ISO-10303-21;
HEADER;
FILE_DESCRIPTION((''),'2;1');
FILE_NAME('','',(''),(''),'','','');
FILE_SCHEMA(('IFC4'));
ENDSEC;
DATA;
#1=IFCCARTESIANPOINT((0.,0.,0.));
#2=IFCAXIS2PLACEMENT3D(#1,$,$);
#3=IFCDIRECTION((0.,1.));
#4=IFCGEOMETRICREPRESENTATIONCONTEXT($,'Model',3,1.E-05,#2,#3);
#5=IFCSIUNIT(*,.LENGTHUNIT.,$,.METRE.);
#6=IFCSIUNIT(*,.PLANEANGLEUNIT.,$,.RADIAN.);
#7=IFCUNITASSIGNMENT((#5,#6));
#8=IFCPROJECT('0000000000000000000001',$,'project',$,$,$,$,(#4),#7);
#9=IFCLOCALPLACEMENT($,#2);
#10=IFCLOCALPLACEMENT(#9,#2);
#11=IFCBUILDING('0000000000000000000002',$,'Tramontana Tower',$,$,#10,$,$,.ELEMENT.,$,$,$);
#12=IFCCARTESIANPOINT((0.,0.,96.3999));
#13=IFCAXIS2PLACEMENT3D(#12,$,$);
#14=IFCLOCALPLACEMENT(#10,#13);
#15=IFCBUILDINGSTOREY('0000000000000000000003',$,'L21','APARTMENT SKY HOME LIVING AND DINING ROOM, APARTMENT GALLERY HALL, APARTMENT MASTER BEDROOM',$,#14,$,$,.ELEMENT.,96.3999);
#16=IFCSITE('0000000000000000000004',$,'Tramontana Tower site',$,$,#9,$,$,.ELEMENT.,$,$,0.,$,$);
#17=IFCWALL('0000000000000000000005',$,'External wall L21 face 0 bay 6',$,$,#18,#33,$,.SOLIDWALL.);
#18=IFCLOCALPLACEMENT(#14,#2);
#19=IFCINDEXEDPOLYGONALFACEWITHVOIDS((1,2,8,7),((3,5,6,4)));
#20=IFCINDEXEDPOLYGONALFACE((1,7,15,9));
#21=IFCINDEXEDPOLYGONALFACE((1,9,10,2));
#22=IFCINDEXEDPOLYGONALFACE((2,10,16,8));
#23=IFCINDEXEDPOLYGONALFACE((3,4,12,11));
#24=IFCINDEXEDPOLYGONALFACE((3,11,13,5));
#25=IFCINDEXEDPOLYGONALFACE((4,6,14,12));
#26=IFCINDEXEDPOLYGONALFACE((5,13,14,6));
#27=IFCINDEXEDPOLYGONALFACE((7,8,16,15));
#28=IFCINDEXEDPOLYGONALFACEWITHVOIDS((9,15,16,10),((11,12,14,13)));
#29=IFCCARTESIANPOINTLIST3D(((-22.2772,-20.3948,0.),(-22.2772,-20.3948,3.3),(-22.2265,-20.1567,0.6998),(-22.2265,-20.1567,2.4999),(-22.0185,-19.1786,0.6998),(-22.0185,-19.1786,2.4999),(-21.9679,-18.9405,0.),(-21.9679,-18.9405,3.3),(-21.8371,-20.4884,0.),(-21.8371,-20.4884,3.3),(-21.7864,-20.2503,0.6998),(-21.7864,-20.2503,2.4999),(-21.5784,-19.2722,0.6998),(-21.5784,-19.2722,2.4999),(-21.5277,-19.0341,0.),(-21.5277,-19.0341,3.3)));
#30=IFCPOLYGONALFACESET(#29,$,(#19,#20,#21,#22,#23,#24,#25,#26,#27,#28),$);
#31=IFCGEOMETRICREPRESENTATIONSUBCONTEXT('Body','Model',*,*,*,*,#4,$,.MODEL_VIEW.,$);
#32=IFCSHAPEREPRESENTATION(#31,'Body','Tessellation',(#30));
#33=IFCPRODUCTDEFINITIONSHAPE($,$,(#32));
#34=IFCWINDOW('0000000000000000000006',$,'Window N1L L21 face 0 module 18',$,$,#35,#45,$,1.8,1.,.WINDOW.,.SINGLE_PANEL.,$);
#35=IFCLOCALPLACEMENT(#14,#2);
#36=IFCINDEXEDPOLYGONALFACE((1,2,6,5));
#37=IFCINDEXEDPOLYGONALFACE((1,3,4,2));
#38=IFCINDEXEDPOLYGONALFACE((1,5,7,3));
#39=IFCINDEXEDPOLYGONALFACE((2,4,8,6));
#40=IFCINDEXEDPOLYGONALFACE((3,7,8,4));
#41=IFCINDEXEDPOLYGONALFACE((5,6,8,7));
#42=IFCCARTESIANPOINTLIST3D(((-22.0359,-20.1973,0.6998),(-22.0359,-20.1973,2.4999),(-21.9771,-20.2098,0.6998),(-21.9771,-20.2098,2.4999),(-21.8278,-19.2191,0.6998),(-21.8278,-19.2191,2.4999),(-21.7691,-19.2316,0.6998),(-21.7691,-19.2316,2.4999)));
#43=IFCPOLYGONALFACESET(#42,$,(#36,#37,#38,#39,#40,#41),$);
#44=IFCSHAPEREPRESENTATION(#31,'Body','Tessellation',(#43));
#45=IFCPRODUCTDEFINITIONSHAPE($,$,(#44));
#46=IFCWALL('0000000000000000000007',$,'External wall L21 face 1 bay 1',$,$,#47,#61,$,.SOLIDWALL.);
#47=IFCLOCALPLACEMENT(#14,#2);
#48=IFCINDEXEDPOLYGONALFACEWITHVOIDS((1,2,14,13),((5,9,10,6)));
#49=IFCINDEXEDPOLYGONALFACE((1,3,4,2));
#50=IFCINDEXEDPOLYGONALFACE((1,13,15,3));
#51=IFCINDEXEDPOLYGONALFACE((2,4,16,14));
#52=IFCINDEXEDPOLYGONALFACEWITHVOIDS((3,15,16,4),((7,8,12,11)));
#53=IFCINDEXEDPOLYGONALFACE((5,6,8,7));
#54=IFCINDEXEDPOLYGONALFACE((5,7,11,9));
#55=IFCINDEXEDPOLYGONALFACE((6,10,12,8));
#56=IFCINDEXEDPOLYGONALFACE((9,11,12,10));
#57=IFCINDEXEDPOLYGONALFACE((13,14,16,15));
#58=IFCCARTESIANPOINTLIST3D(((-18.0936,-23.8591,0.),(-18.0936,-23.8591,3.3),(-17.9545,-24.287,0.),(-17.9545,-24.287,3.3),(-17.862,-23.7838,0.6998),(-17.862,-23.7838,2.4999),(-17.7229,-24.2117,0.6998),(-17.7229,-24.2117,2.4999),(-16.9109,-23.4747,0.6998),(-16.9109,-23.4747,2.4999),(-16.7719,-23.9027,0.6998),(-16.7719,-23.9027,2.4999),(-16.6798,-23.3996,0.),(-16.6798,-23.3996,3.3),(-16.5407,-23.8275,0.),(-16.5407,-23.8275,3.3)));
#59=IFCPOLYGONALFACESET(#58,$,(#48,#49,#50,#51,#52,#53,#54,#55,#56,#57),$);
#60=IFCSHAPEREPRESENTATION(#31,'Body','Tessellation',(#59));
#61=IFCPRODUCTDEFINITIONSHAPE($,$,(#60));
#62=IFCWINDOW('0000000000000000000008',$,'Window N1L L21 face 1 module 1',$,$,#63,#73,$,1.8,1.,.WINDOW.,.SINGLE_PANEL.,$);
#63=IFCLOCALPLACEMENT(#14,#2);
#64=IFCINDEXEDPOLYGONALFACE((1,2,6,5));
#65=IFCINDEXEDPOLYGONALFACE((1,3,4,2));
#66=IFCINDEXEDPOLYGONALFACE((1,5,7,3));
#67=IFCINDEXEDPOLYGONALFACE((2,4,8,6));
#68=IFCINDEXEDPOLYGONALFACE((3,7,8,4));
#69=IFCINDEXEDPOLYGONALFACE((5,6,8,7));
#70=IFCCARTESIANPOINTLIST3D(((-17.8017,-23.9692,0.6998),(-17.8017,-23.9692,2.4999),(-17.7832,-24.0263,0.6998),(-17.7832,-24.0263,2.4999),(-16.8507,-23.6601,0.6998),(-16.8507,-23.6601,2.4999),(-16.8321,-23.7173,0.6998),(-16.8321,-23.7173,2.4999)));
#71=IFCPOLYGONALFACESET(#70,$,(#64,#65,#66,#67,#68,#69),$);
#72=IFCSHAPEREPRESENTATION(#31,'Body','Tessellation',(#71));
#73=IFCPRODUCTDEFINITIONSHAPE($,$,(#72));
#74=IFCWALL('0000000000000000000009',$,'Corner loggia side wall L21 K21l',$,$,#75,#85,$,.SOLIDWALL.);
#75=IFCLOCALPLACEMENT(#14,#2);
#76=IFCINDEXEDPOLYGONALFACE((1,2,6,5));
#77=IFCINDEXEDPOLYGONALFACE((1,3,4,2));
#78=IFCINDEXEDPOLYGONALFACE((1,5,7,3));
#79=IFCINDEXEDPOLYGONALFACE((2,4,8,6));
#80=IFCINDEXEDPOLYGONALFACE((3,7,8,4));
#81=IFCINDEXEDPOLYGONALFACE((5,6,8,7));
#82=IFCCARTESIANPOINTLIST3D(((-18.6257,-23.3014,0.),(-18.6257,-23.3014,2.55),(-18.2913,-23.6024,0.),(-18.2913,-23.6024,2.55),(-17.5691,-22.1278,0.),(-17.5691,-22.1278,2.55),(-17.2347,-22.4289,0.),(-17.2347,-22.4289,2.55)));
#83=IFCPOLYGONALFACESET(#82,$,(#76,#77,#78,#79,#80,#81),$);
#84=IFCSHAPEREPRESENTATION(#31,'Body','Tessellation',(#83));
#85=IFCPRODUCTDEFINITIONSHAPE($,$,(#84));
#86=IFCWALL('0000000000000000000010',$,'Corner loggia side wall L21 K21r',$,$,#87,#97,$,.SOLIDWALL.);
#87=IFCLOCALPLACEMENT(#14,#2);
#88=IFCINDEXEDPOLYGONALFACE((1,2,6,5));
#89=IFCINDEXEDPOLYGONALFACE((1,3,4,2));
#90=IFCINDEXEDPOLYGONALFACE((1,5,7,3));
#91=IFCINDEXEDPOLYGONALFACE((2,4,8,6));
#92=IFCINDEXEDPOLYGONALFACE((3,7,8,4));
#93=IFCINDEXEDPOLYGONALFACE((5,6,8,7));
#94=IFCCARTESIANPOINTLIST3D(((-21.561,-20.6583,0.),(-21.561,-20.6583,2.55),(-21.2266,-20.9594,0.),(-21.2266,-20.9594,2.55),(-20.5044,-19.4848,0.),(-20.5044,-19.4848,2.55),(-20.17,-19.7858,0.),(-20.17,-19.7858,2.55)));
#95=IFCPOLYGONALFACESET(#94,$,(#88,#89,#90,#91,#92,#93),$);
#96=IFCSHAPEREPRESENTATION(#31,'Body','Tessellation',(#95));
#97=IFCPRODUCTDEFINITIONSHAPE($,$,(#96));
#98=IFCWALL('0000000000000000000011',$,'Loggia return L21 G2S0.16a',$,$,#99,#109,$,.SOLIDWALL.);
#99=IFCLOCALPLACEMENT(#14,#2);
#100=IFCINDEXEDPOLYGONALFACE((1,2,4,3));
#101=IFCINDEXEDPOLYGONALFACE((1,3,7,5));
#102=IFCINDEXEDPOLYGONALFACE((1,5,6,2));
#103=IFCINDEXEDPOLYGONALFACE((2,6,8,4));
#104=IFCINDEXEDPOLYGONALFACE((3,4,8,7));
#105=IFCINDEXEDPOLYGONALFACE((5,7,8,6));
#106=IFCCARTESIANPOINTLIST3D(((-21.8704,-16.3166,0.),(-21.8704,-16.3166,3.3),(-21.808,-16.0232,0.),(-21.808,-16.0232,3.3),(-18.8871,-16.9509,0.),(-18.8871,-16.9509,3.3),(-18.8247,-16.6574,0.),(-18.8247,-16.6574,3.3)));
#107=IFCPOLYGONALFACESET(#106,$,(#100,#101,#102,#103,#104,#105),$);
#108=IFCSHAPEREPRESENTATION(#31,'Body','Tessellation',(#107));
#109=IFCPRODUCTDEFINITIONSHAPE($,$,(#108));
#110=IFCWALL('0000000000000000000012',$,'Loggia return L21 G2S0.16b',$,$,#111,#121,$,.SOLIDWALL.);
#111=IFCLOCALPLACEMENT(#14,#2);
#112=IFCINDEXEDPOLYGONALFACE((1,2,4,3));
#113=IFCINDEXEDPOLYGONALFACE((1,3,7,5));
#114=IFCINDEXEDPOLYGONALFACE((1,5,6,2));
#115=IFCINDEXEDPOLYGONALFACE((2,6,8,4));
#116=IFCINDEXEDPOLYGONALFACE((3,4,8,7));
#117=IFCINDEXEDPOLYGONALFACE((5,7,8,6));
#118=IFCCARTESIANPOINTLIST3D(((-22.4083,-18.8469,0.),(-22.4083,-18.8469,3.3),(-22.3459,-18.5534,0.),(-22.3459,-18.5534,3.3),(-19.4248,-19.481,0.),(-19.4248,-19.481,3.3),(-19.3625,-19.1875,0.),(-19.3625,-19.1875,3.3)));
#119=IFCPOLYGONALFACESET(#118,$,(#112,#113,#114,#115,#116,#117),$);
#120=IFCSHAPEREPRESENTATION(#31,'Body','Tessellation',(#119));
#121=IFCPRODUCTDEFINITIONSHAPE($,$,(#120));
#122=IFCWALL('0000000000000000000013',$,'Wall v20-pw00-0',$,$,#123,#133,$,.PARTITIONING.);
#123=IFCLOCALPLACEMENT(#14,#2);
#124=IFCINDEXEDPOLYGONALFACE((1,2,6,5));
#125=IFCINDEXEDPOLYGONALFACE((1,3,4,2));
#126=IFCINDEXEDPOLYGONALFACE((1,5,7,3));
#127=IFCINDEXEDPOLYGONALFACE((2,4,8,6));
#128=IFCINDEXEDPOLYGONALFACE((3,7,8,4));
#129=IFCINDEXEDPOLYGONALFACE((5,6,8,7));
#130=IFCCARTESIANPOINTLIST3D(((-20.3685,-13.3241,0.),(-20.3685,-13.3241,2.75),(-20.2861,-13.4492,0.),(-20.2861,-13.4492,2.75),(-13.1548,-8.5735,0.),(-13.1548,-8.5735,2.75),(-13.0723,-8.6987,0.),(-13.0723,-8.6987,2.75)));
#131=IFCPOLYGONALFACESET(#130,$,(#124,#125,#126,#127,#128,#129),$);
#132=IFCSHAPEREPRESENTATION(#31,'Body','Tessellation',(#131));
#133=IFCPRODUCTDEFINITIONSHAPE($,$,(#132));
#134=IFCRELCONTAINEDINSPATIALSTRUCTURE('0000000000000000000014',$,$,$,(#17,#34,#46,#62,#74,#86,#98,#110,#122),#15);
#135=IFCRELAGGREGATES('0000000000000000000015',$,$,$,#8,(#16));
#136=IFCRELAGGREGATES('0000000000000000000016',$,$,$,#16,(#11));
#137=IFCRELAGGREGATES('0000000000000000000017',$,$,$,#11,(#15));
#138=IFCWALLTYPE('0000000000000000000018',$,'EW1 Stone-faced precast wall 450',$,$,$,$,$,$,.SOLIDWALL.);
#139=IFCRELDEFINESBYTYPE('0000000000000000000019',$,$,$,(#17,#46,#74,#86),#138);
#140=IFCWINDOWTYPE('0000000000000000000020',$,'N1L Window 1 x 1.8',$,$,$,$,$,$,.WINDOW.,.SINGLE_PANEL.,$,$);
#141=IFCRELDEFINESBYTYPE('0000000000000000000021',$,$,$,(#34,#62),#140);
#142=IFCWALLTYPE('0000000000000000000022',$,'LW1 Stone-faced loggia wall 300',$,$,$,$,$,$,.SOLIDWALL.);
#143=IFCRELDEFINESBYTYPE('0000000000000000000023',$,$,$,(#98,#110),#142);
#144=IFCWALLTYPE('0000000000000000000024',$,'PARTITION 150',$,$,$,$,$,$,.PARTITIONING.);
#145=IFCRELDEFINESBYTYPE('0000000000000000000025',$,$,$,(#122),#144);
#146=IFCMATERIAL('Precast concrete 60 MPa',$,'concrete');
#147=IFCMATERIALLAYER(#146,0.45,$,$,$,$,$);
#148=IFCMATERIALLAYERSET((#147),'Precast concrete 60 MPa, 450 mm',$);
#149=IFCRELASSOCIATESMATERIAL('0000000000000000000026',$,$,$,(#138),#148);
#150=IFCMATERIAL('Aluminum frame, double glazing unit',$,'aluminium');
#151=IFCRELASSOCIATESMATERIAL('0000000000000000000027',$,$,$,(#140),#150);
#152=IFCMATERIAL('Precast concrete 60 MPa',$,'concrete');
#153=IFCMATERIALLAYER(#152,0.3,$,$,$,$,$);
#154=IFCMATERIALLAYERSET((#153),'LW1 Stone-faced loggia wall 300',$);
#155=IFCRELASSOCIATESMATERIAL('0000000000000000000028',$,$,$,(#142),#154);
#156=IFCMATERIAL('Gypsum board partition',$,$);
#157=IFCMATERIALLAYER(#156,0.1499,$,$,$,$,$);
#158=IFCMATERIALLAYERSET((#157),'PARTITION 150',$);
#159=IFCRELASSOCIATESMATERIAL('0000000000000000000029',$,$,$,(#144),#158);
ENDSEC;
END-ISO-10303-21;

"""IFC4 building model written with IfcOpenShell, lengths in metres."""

from ifc_helpers import new_model, si_unit, direction, frame, frame_2d, origin, place, context, subcontext, project, spatial, rectangle, extrude, material, layer, layer_set, type_object, element, fill, save


model = new_model("IFC4")

# Units and contexts
model_context = context("Model", 3, precision=1e-05, world=origin(), true_north=direction((0.0, 1.0)))
body_context = subcontext(model_context, "Body", "Model", "MODEL_VIEW")
ifc_project = project(units=[si_unit("LENGTHUNIT", "METRE"), si_unit("PLANEANGLEUNIT", "RADIAN")], contexts=[model_context])

# Site, building, storey
site_placement = place(None, origin())
site = spatial("IfcSite", under=ifc_project, at=site_placement, Name="Tramontana Tower site", CompositionType="ELEMENT", RefElevation=0.0)
building_placement = place(site_placement, origin())
building = spatial("IfcBuilding", under=site, at=building_placement, Name="Tramontana Tower", CompositionType="ELEMENT")
storey_placement = place(building_placement, frame((0.0, 0.0, 96.3999)))
storey = spatial("IfcBuildingStorey", under=building, at=storey_placement, Name="L21", Description="APARTMENT SKY HOME LIVING AND DINING ROOM, APARTMENT GALLERY HALL, APARTMENT MASTER BEDROOM", CompositionType="ELEMENT", Elevation=96.3999)

# Walls, openings, windows
ifc_material_1 = material(Name="Precast concrete 60 MPa", Category="concrete")
ifc_layer_1 = layer(ifc_material_1, 0.45)
ifc_layer_set_1 = layer_set([ifc_layer_1], Name="Precast concrete 60 MPa, 450 mm")
wall_type_1 = type_object("IfcWallType", Name="EW1 Stone-faced precast wall 450", PredefinedType="SOLIDWALL", material=ifc_layer_set_1)
wall_1_placement = place(storey_placement, frame((-21.7478, -18.9873, 0.0), z_axis=(0.0, 0.0, 1.0), x_axis=(-0.208037, -0.978121, 0.0)))
wall_1 = element("IfcWall", 1, at=wall_1_placement, inside=storey, type_object=wall_type_1, Name="External wall L21 face 0 bay 6", PredefinedType="SOLIDWALL", context=body_context, shape_type="SweptSolid", body=[
    extrude(rectangle(XDim=1.4868, YDim=0.45, at=frame_2d((0.7434, 0.0))), origin(), (0.0, 0.0, 1.0), 3.3),
])
opening_1_placement = place(wall_1_placement, frame((0.2434, 0.0, 0.7)))
opening_1 = element("IfcOpeningElement", 2, at=opening_1_placement, cuts=wall_1, PredefinedType="OPENING", context=body_context, shape_type="SweptSolid", body=[
    extrude(rectangle(XDim=1.0, YDim=1.8, at=frame_2d((0.5, 0.8999))), frame((0.0, 0.2349, 0.0), z_axis=(0.0, -1.0, 0.0), x_axis=(1.0, 0.0, 0.0)), (0.0, 0.0, 1.0), 0.47),
])
ifc_material_2 = material(Name="Aluminum frame, double glazing unit", Category="aluminium")
window_type_1 = type_object("IfcWindowType", Name="N1L Window 1 x 1.8", PartitioningType="SINGLE_PANEL", PredefinedType="WINDOW", material=ifc_material_2)
window_1_placement = place(opening_1_placement, origin())
window_1 = element("IfcWindow", 3, at=window_1_placement, inside=storey, type_object=window_type_1, Name="Window N1L L21 face 0 module 18", OverallHeight=1.8, OverallWidth=1.0, PartitioningType="SINGLE_PANEL", PredefinedType="WINDOW", context=body_context, shape_type="SweptSolid", body=[
    extrude(rectangle(XDim=1.0, YDim=1.8, at=frame_2d((0.5, 0.8999))), frame((0.0, 0.03, 0.0), z_axis=(0.0, -1.0, 0.0), x_axis=(1.0, 0.0, 0.0)), (0.0, 0.0, 1.0), 0.0601),
])
fill(opening_1, window_1)
wall_2_placement = place(storey_placement, frame((-18.0239, -24.073, 0.0), z_axis=(0.0, 0.0, 1.0), x_axis=(0.951038, 0.309075, 0.0)))
wall_2 = element("IfcWall", 4, at=wall_2_placement, inside=storey, type_object=wall_type_1, Name="External wall L21 face 1 bay 1", PredefinedType="SOLIDWALL", context=body_context, shape_type="SweptSolid", body=[
    extrude(rectangle(XDim=1.4866, YDim=0.45, at=frame_2d((0.7432, 0.0))), origin(), (0.0, 0.0, 1.0), 3.3),
])
opening_2_placement = place(wall_2_placement, frame((0.2434, 0.0, 0.7)))
opening_2 = element("IfcOpeningElement", 5, at=opening_2_placement, cuts=wall_2, PredefinedType="OPENING", context=body_context, shape_type="SweptSolid", body=[
    extrude(rectangle(XDim=1.0, YDim=1.8, at=frame_2d((0.5, 0.8999))), frame((0.0, 0.2349, 0.0), z_axis=(0.0, -1.0, 0.0), x_axis=(1.0, 0.0, 0.0)), (0.0, 0.0, 1.0), 0.47),
])
window_2_placement = place(opening_2_placement, origin())
window_2 = element("IfcWindow", 6, at=window_2_placement, inside=storey, type_object=window_type_1, Name="Window N1L L21 face 1 module 1", OverallHeight=1.8, OverallWidth=1.0, PartitioningType="SINGLE_PANEL", PredefinedType="WINDOW", context=body_context, shape_type="SweptSolid", body=[
    extrude(rectangle(XDim=1.0, YDim=1.8, at=frame_2d((0.5, 0.8999))), frame((0.0, 0.03, 0.0), z_axis=(0.0, -1.0, 0.0), x_axis=(1.0, 0.0, 0.0)), (0.0, 0.0, 1.0), 0.0601),
])
fill(opening_2, window_2)

# Walls
for number, where, z_axis, x_axis, name in (
    (7, (-18.4585, -23.4519, 0.0), (0.0, 0.0, 1.0), (0.66911, 0.743163, 0.0), "Corner loggia side wall L21 K21l"),
    (8, (-21.3938, -20.8088, 0.0), (0.0, 0.0, 1.0), (0.66911, 0.743163, 0.0), "Corner loggia side wall L21 K21r"),
):
    element("IfcWall", number, at=place(storey_placement, frame(where, z_axis=z_axis, x_axis=x_axis)), inside=storey, type_object=wall_type_1, Name=name, PredefinedType="SOLIDWALL", context=body_context, shape_type="SweptSolid", body=[
        extrude(rectangle(XDim=1.5791, YDim=0.45, at=frame_2d((0.7896, 0.0))), origin(), (0.0, 0.0, 1.0), 2.55),
    ])

# Shared definitions
ifc_material_3 = material(Name="Precast concrete 60 MPa", Category="concrete")
ifc_layer_2 = layer(ifc_material_3, 0.3)
ifc_layer_set_2 = layer_set([ifc_layer_2], Name="LW1 Stone-faced loggia wall 300")
wall_type_2 = type_object("IfcWallType", Name="LW1 Stone-faced loggia wall 300", PredefinedType="SOLIDWALL", material=ifc_layer_set_2)

# Walls
for number, where, z_axis, x_axis, name in (
    (9, (-21.8391, -16.1699, 0.0), (0.0, 0.0, 1.0), (0.978139, -0.207954, 0.0), "Loggia return L21 G2S0.16a"),
    (10, (-22.377, -18.7002, 0.0), (0.0, 0.0, 1.0), (0.978155, -0.207878, 0.0), "Loggia return L21 G2S0.16b"),
):
    element("IfcWall", number, at=place(storey_placement, frame(where, z_axis=z_axis, x_axis=x_axis)), inside=storey, type_object=wall_type_2, Name=name, PredefinedType="SOLIDWALL", context=body_context, shape_type="SweptSolid", body=[
        extrude(rectangle(XDim=3.05, YDim=0.3, at=frame_2d((1.5249, 0.0))), origin(), (0.0, 0.0, 1.0), 3.3),
    ])

# Wall
ifc_material_4 = material(Name="Gypsum board partition")
ifc_layer_3 = layer(ifc_material_4, 0.1499)
ifc_layer_set_3 = layer_set([ifc_layer_3], Name="PARTITION 150")
wall_type_3 = type_object("IfcWallType", Name="PARTITION 150", PredefinedType="PARTITIONING", material=ifc_layer_set_3)
wall_3_placement = place(storey_placement, frame((-20.3274, -13.3867, 0.0), z_axis=(0.0, 0.0, 1.0), x_axis=(0.835168, 0.549995, 0.0)))
element("IfcWall", 11, at=wall_3_placement, inside=storey, type_object=wall_type_3, Name="Wall v20-pw00-0", PredefinedType="PARTITIONING", context=body_context, shape_type="SweptSolid", body=[
    extrude(rectangle(XDim=8.6375, YDim=0.1499, at=frame_2d((4.3188, 0.0))), origin(), (0.0, 0.0, 1.0), 2.75),
])

save(model, "model.ifc")
